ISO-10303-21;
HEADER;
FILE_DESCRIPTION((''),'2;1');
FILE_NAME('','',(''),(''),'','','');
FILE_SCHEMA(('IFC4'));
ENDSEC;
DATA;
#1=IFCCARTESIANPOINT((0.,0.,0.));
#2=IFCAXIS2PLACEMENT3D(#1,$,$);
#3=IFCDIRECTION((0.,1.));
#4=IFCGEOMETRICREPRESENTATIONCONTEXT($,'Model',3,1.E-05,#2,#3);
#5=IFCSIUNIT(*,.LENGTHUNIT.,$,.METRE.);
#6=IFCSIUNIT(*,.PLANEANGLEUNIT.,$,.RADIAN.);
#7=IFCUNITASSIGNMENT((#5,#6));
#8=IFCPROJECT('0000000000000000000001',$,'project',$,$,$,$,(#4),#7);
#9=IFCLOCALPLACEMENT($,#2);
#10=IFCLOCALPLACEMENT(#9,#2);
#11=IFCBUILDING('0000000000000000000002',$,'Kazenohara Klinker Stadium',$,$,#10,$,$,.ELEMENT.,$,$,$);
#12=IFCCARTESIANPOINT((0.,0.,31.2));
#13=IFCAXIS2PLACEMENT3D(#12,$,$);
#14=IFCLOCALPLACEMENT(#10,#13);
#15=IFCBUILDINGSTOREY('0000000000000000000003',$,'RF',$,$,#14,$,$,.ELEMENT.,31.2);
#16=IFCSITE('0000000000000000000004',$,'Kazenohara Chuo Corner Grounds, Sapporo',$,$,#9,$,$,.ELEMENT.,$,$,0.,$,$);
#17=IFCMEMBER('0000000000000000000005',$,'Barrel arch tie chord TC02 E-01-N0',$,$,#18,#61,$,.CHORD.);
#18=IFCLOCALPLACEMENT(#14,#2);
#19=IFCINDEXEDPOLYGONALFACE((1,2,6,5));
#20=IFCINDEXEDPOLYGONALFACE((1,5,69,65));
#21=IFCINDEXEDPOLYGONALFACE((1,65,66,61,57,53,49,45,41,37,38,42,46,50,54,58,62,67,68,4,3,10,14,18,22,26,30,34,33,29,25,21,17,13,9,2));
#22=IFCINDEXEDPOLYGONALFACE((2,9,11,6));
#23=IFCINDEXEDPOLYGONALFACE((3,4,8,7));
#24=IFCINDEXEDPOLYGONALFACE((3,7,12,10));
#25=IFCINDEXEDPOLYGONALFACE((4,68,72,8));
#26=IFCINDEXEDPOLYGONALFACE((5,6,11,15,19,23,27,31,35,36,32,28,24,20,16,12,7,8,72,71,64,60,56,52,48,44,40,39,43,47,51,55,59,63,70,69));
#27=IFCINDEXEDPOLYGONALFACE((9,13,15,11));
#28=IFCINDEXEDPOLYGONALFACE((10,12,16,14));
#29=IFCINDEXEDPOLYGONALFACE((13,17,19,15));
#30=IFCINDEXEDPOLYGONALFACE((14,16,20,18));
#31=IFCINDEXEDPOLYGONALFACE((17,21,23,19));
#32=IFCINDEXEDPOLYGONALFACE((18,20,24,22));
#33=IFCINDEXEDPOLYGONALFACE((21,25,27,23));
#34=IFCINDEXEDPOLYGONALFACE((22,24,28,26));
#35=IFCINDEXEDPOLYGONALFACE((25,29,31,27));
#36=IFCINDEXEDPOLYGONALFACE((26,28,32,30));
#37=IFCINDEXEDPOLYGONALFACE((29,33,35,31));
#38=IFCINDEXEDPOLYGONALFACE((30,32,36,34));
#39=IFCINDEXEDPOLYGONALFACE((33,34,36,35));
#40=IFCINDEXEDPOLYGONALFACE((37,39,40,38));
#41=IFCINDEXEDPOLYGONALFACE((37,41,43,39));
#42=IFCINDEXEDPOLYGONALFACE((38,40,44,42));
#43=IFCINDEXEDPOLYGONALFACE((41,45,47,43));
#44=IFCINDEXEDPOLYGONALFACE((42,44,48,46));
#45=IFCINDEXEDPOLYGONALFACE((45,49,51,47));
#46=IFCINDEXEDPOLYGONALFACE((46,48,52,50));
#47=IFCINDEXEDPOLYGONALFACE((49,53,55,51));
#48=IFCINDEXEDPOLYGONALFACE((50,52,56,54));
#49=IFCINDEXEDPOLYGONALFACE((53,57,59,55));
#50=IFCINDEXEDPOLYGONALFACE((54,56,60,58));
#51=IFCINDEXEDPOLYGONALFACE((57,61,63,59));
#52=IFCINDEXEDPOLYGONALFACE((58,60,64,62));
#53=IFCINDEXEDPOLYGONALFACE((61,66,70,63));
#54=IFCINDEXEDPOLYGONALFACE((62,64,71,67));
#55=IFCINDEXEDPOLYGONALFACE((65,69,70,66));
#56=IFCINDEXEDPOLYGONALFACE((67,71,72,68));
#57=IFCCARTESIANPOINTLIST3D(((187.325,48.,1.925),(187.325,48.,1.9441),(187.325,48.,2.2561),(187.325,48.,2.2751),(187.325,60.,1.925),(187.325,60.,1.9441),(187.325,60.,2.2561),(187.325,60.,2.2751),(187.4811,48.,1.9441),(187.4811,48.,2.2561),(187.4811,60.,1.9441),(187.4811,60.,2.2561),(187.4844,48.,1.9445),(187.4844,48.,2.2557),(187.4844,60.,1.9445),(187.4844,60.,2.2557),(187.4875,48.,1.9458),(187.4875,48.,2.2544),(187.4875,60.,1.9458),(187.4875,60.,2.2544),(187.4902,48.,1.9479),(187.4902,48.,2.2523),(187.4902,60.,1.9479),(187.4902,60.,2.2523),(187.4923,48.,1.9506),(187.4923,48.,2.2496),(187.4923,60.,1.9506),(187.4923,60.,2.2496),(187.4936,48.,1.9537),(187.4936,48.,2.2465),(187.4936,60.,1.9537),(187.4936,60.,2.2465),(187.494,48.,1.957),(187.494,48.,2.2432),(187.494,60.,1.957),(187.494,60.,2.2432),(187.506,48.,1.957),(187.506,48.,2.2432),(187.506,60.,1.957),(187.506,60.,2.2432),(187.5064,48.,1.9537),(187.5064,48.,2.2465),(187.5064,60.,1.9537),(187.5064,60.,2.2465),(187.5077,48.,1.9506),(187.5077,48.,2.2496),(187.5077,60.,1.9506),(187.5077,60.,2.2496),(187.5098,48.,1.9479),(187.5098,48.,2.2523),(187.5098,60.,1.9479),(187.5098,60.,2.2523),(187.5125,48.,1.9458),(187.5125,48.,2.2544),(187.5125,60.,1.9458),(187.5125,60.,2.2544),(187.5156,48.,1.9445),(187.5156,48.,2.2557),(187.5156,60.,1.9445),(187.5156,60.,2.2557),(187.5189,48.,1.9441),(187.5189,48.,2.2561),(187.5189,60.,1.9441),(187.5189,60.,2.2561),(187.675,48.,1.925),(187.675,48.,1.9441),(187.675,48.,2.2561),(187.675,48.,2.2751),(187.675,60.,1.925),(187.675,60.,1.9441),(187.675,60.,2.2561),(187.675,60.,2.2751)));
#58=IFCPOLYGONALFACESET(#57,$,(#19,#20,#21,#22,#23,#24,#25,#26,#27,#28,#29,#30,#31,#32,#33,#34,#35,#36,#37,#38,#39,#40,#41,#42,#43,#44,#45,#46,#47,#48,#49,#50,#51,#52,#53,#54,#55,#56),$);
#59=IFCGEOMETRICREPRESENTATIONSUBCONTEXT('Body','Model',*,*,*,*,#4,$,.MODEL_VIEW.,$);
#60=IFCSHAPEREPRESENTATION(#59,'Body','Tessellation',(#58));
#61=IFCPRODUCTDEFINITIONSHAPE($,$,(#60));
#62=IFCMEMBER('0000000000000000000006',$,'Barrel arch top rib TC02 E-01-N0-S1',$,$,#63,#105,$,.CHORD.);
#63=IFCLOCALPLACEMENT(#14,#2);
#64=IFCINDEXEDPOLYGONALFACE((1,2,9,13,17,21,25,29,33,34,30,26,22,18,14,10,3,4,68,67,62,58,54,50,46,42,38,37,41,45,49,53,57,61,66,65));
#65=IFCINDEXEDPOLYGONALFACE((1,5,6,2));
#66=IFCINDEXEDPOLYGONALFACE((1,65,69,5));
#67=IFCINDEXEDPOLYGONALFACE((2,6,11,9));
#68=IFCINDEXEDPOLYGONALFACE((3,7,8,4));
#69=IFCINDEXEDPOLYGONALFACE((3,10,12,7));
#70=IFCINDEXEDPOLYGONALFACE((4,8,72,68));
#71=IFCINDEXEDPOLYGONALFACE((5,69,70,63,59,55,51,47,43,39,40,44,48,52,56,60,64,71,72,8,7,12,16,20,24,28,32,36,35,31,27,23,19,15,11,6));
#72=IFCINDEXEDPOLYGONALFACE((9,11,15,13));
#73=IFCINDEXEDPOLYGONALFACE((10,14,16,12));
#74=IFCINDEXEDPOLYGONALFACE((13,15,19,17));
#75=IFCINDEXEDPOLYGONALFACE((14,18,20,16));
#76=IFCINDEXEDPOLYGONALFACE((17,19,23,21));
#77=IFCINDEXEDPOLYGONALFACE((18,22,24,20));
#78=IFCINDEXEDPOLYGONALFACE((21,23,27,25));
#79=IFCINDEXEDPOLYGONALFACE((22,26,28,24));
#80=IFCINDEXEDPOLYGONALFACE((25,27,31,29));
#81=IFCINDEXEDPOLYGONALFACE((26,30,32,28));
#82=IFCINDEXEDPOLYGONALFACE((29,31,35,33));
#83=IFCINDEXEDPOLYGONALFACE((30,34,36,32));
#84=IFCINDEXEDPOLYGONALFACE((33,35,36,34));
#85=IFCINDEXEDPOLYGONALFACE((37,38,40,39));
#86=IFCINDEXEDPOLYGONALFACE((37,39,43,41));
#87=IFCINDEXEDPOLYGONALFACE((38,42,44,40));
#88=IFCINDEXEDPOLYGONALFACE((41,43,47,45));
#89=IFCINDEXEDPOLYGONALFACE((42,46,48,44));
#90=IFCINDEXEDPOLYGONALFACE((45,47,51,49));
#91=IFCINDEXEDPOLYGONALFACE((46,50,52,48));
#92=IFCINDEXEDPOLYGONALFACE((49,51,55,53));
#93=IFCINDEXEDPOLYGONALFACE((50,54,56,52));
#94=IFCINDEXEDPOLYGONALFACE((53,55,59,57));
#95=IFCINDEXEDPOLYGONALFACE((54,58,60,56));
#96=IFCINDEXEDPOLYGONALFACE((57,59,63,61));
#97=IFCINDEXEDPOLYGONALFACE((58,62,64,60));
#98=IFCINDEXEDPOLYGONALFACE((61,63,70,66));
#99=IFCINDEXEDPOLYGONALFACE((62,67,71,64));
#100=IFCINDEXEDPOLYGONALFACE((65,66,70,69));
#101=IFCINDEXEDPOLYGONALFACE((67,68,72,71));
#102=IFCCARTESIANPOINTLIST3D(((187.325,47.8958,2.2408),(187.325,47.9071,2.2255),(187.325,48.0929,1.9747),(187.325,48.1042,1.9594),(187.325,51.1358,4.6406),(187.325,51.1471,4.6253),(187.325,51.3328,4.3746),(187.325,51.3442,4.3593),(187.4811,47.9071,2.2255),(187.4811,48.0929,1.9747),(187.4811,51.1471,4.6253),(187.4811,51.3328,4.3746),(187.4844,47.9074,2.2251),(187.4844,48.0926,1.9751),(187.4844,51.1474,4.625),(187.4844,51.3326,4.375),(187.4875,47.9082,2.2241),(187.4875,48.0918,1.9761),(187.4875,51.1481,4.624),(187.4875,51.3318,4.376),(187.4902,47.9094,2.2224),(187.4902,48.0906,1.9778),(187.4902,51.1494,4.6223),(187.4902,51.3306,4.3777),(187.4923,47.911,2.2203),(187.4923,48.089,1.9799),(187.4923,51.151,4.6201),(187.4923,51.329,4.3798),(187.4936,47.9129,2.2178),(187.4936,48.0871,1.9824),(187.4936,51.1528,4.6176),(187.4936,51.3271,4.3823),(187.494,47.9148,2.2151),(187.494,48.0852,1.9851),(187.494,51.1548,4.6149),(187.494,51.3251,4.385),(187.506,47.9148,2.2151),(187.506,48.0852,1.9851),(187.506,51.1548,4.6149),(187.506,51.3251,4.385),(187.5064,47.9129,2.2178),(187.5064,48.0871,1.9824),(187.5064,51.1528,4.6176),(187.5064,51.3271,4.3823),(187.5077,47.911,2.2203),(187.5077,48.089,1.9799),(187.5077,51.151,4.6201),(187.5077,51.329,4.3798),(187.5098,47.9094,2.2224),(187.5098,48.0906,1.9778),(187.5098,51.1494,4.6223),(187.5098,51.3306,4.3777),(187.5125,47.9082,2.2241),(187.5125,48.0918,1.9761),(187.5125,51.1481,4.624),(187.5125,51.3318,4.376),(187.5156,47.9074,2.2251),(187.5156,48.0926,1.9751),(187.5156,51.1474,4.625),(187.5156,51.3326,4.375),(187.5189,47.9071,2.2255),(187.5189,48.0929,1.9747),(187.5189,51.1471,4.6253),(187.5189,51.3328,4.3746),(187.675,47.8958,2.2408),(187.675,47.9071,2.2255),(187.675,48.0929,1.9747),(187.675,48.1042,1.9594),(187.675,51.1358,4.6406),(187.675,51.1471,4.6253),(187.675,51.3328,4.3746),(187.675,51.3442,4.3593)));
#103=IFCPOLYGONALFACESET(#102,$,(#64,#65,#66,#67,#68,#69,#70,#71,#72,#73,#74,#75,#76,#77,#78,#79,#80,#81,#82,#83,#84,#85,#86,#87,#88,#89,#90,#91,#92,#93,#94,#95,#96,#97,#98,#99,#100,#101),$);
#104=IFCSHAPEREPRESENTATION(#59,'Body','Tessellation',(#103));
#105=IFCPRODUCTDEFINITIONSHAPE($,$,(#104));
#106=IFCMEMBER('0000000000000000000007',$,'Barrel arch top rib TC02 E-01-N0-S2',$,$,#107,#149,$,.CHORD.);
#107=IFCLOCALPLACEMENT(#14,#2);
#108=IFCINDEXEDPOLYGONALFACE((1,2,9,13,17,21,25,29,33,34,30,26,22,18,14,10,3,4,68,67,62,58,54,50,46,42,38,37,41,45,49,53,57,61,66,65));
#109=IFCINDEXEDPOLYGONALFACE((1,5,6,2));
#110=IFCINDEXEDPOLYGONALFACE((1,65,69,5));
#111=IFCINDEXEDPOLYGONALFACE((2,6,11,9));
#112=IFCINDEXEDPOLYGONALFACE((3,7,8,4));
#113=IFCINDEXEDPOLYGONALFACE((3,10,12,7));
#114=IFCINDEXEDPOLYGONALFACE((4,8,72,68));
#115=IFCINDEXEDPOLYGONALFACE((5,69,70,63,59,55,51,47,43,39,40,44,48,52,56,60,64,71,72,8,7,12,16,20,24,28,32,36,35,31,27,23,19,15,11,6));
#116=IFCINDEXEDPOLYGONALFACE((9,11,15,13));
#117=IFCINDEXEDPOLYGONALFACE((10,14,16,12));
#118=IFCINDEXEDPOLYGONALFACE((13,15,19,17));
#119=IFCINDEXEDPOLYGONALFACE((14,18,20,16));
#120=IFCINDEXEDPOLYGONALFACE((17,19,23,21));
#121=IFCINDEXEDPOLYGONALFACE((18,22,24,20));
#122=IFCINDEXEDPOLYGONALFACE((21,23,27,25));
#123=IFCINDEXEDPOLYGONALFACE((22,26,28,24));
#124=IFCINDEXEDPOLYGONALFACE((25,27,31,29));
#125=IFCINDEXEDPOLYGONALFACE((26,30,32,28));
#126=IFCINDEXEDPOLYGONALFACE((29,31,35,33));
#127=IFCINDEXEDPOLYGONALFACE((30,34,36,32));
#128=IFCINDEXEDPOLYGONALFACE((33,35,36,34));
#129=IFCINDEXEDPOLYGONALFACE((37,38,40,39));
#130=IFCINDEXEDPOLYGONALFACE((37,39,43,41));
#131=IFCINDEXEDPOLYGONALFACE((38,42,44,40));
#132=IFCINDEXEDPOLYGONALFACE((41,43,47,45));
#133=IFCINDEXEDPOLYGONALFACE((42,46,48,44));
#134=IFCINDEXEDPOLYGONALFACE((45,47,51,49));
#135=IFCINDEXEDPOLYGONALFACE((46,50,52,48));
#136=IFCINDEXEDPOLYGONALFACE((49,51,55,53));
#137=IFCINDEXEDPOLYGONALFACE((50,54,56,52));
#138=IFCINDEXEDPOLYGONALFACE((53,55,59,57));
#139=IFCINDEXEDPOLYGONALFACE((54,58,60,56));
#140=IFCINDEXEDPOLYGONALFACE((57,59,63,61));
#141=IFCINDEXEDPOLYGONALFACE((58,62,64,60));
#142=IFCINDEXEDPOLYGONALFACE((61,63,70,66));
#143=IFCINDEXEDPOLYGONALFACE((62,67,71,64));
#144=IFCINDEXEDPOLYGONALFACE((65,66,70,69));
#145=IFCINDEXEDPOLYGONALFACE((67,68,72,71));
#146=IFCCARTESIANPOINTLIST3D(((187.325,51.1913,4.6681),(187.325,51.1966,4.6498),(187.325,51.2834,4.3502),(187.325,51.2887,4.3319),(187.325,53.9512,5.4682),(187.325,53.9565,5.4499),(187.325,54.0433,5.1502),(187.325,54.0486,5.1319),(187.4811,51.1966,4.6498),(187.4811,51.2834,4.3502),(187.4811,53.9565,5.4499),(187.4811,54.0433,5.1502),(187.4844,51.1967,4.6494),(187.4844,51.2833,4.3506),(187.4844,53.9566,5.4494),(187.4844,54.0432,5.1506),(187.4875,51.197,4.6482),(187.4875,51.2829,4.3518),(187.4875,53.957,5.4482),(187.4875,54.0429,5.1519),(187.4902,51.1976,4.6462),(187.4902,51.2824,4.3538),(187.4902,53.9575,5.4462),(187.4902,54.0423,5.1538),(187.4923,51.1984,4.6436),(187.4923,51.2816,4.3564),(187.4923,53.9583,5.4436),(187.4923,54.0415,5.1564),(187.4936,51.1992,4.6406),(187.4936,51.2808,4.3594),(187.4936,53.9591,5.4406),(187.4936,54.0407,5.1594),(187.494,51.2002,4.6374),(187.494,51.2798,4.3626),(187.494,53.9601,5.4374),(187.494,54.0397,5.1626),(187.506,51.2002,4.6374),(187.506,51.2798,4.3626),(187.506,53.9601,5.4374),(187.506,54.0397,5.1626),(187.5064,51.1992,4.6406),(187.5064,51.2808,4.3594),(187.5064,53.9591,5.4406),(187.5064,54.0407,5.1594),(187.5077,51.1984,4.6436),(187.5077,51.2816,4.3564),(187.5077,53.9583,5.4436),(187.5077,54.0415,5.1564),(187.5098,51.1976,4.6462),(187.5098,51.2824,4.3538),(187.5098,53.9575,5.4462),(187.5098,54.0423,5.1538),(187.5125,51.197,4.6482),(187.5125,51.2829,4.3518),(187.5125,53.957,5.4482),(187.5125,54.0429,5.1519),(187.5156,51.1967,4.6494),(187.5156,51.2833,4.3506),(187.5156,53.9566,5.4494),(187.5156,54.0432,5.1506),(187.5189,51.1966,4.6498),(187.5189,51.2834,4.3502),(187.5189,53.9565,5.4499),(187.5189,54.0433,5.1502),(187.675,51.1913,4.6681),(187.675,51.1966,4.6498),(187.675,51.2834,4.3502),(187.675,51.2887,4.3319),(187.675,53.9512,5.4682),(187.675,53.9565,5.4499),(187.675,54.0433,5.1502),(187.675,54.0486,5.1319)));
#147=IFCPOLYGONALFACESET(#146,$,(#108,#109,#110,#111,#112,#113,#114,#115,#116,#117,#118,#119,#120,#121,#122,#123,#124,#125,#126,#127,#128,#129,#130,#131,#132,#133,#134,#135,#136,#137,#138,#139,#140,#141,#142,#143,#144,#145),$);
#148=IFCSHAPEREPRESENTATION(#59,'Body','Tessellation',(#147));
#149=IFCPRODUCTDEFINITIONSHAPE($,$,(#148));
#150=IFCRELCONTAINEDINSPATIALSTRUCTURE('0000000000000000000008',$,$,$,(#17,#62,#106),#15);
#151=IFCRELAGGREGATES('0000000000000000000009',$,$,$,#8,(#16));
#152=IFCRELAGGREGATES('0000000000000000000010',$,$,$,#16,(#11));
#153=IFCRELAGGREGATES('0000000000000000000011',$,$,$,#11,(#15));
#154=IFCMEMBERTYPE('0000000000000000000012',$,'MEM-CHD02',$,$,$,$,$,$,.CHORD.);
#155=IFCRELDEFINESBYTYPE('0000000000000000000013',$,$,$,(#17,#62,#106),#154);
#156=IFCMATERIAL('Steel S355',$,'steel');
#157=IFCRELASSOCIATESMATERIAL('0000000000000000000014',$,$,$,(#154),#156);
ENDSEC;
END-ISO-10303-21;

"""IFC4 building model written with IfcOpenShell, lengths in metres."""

from ifc_helpers import new_model, si_unit, direction, frame, origin, origin_2d, place, context, subcontext, project, spatial, i_section, extrude, material, material_profile, profile_set, type_object, element, save


model = new_model("IFC4")

# Units and contexts
model_context = context("Model", 3, precision=1e-05, world=origin(), true_north=direction((0.0, 1.0)))
body_context = subcontext(model_context, "Body", "Model", "MODEL_VIEW")
ifc_project = project(units=[si_unit("LENGTHUNIT", "METRE"), si_unit("PLANEANGLEUNIT", "RADIAN")], contexts=[model_context])

# Site, building, storey
site_placement = place(None, origin())
site = spatial("IfcSite", under=ifc_project, at=site_placement, Name="Kazenohara Chuo Corner Grounds, Sapporo", CompositionType="ELEMENT", RefElevation=0.0)
building_placement = place(site_placement, origin())
building = spatial("IfcBuilding", under=site, at=building_placement, Name="Kazenohara Klinker Stadium", CompositionType="ELEMENT")
storey_placement = place(building_placement, frame((0.0, 0.0, 31.2)))
storey = spatial("IfcBuildingStorey", under=building, at=storey_placement, Name="RF", CompositionType="ELEMENT", Elevation=31.2)

# Members
ifc_material_1 = material(Name="Steel S355", Category="steel")
ifc_material_profile_1 = material_profile(ifc_material_1, i_section(OverallWidth=0.3501, OverallDepth=0.3501, WebThickness=0.012, FlangeThickness=0.019, FilletRadius=0.0129, at=origin_2d()), Name="H-350x350x12x19")
ifc_profile_set_1 = profile_set([ifc_material_profile_1], Name="Steel S355")
member_type_1 = type_object("IfcMemberType", Name="MEM-CHD02", PredefinedType="CHORD", material=ifc_profile_set_1)
member_1_placement = place(storey_placement, frame((187.5, 48.0, 2.1001), z_axis=(0.0, 1.0, 0.0), x_axis=(-1.0, 0.0, 0.0)))
element("IfcMember", 1, at=member_1_placement, inside=storey, type_object=member_type_1, Name="Barrel arch tie chord TC02 E-01-N0", PredefinedType="CHORD", context=body_context, shape_type="SweptSolid", body=[
    extrude(i_section(OverallWidth=0.3501, OverallDepth=0.3501, WebThickness=0.012, FlangeThickness=0.019, FilletRadius=0.0129, at=origin_2d()), origin(), (0.0, 0.0, 1.0), 12.0),
])
member_2_placement = place(storey_placement, frame((187.5, 48.0, 2.1001), z_axis=(0.0, 0.803568, 0.595213), x_axis=(-1.0, 0.0, 0.0)))
element("IfcMember", 2, at=member_2_placement, inside=storey, type_object=member_type_1, Name="Barrel arch top rib TC02 E-01-N0-S1", PredefinedType="CHORD", context=body_context, shape_type="SweptSolid", body=[
    extrude(i_section(OverallWidth=0.3501, OverallDepth=0.3501, WebThickness=0.012, FlangeThickness=0.019, FilletRadius=0.0129, at=origin_2d()), origin(), (0.0, 0.0, 1.0), 4.032),
])
member_3_placement = place(storey_placement, frame((187.5, 51.24, 4.5), z_axis=(0.0, 0.960462, 0.278411), x_axis=(-1.0, 0.0, 0.0)))
element("IfcMember", 3, at=member_3_placement, inside=storey, type_object=member_type_1, Name="Barrel arch top rib TC02 E-01-N0-S2", PredefinedType="CHORD", context=body_context, shape_type="SweptSolid", body=[
    extrude(i_section(OverallWidth=0.3501, OverallDepth=0.3501, WebThickness=0.012, FlangeThickness=0.019, FilletRadius=0.0129, at=origin_2d()), origin(), (0.0, 0.0, 1.0), 2.8735),
])

save(model, "model.ifc")
